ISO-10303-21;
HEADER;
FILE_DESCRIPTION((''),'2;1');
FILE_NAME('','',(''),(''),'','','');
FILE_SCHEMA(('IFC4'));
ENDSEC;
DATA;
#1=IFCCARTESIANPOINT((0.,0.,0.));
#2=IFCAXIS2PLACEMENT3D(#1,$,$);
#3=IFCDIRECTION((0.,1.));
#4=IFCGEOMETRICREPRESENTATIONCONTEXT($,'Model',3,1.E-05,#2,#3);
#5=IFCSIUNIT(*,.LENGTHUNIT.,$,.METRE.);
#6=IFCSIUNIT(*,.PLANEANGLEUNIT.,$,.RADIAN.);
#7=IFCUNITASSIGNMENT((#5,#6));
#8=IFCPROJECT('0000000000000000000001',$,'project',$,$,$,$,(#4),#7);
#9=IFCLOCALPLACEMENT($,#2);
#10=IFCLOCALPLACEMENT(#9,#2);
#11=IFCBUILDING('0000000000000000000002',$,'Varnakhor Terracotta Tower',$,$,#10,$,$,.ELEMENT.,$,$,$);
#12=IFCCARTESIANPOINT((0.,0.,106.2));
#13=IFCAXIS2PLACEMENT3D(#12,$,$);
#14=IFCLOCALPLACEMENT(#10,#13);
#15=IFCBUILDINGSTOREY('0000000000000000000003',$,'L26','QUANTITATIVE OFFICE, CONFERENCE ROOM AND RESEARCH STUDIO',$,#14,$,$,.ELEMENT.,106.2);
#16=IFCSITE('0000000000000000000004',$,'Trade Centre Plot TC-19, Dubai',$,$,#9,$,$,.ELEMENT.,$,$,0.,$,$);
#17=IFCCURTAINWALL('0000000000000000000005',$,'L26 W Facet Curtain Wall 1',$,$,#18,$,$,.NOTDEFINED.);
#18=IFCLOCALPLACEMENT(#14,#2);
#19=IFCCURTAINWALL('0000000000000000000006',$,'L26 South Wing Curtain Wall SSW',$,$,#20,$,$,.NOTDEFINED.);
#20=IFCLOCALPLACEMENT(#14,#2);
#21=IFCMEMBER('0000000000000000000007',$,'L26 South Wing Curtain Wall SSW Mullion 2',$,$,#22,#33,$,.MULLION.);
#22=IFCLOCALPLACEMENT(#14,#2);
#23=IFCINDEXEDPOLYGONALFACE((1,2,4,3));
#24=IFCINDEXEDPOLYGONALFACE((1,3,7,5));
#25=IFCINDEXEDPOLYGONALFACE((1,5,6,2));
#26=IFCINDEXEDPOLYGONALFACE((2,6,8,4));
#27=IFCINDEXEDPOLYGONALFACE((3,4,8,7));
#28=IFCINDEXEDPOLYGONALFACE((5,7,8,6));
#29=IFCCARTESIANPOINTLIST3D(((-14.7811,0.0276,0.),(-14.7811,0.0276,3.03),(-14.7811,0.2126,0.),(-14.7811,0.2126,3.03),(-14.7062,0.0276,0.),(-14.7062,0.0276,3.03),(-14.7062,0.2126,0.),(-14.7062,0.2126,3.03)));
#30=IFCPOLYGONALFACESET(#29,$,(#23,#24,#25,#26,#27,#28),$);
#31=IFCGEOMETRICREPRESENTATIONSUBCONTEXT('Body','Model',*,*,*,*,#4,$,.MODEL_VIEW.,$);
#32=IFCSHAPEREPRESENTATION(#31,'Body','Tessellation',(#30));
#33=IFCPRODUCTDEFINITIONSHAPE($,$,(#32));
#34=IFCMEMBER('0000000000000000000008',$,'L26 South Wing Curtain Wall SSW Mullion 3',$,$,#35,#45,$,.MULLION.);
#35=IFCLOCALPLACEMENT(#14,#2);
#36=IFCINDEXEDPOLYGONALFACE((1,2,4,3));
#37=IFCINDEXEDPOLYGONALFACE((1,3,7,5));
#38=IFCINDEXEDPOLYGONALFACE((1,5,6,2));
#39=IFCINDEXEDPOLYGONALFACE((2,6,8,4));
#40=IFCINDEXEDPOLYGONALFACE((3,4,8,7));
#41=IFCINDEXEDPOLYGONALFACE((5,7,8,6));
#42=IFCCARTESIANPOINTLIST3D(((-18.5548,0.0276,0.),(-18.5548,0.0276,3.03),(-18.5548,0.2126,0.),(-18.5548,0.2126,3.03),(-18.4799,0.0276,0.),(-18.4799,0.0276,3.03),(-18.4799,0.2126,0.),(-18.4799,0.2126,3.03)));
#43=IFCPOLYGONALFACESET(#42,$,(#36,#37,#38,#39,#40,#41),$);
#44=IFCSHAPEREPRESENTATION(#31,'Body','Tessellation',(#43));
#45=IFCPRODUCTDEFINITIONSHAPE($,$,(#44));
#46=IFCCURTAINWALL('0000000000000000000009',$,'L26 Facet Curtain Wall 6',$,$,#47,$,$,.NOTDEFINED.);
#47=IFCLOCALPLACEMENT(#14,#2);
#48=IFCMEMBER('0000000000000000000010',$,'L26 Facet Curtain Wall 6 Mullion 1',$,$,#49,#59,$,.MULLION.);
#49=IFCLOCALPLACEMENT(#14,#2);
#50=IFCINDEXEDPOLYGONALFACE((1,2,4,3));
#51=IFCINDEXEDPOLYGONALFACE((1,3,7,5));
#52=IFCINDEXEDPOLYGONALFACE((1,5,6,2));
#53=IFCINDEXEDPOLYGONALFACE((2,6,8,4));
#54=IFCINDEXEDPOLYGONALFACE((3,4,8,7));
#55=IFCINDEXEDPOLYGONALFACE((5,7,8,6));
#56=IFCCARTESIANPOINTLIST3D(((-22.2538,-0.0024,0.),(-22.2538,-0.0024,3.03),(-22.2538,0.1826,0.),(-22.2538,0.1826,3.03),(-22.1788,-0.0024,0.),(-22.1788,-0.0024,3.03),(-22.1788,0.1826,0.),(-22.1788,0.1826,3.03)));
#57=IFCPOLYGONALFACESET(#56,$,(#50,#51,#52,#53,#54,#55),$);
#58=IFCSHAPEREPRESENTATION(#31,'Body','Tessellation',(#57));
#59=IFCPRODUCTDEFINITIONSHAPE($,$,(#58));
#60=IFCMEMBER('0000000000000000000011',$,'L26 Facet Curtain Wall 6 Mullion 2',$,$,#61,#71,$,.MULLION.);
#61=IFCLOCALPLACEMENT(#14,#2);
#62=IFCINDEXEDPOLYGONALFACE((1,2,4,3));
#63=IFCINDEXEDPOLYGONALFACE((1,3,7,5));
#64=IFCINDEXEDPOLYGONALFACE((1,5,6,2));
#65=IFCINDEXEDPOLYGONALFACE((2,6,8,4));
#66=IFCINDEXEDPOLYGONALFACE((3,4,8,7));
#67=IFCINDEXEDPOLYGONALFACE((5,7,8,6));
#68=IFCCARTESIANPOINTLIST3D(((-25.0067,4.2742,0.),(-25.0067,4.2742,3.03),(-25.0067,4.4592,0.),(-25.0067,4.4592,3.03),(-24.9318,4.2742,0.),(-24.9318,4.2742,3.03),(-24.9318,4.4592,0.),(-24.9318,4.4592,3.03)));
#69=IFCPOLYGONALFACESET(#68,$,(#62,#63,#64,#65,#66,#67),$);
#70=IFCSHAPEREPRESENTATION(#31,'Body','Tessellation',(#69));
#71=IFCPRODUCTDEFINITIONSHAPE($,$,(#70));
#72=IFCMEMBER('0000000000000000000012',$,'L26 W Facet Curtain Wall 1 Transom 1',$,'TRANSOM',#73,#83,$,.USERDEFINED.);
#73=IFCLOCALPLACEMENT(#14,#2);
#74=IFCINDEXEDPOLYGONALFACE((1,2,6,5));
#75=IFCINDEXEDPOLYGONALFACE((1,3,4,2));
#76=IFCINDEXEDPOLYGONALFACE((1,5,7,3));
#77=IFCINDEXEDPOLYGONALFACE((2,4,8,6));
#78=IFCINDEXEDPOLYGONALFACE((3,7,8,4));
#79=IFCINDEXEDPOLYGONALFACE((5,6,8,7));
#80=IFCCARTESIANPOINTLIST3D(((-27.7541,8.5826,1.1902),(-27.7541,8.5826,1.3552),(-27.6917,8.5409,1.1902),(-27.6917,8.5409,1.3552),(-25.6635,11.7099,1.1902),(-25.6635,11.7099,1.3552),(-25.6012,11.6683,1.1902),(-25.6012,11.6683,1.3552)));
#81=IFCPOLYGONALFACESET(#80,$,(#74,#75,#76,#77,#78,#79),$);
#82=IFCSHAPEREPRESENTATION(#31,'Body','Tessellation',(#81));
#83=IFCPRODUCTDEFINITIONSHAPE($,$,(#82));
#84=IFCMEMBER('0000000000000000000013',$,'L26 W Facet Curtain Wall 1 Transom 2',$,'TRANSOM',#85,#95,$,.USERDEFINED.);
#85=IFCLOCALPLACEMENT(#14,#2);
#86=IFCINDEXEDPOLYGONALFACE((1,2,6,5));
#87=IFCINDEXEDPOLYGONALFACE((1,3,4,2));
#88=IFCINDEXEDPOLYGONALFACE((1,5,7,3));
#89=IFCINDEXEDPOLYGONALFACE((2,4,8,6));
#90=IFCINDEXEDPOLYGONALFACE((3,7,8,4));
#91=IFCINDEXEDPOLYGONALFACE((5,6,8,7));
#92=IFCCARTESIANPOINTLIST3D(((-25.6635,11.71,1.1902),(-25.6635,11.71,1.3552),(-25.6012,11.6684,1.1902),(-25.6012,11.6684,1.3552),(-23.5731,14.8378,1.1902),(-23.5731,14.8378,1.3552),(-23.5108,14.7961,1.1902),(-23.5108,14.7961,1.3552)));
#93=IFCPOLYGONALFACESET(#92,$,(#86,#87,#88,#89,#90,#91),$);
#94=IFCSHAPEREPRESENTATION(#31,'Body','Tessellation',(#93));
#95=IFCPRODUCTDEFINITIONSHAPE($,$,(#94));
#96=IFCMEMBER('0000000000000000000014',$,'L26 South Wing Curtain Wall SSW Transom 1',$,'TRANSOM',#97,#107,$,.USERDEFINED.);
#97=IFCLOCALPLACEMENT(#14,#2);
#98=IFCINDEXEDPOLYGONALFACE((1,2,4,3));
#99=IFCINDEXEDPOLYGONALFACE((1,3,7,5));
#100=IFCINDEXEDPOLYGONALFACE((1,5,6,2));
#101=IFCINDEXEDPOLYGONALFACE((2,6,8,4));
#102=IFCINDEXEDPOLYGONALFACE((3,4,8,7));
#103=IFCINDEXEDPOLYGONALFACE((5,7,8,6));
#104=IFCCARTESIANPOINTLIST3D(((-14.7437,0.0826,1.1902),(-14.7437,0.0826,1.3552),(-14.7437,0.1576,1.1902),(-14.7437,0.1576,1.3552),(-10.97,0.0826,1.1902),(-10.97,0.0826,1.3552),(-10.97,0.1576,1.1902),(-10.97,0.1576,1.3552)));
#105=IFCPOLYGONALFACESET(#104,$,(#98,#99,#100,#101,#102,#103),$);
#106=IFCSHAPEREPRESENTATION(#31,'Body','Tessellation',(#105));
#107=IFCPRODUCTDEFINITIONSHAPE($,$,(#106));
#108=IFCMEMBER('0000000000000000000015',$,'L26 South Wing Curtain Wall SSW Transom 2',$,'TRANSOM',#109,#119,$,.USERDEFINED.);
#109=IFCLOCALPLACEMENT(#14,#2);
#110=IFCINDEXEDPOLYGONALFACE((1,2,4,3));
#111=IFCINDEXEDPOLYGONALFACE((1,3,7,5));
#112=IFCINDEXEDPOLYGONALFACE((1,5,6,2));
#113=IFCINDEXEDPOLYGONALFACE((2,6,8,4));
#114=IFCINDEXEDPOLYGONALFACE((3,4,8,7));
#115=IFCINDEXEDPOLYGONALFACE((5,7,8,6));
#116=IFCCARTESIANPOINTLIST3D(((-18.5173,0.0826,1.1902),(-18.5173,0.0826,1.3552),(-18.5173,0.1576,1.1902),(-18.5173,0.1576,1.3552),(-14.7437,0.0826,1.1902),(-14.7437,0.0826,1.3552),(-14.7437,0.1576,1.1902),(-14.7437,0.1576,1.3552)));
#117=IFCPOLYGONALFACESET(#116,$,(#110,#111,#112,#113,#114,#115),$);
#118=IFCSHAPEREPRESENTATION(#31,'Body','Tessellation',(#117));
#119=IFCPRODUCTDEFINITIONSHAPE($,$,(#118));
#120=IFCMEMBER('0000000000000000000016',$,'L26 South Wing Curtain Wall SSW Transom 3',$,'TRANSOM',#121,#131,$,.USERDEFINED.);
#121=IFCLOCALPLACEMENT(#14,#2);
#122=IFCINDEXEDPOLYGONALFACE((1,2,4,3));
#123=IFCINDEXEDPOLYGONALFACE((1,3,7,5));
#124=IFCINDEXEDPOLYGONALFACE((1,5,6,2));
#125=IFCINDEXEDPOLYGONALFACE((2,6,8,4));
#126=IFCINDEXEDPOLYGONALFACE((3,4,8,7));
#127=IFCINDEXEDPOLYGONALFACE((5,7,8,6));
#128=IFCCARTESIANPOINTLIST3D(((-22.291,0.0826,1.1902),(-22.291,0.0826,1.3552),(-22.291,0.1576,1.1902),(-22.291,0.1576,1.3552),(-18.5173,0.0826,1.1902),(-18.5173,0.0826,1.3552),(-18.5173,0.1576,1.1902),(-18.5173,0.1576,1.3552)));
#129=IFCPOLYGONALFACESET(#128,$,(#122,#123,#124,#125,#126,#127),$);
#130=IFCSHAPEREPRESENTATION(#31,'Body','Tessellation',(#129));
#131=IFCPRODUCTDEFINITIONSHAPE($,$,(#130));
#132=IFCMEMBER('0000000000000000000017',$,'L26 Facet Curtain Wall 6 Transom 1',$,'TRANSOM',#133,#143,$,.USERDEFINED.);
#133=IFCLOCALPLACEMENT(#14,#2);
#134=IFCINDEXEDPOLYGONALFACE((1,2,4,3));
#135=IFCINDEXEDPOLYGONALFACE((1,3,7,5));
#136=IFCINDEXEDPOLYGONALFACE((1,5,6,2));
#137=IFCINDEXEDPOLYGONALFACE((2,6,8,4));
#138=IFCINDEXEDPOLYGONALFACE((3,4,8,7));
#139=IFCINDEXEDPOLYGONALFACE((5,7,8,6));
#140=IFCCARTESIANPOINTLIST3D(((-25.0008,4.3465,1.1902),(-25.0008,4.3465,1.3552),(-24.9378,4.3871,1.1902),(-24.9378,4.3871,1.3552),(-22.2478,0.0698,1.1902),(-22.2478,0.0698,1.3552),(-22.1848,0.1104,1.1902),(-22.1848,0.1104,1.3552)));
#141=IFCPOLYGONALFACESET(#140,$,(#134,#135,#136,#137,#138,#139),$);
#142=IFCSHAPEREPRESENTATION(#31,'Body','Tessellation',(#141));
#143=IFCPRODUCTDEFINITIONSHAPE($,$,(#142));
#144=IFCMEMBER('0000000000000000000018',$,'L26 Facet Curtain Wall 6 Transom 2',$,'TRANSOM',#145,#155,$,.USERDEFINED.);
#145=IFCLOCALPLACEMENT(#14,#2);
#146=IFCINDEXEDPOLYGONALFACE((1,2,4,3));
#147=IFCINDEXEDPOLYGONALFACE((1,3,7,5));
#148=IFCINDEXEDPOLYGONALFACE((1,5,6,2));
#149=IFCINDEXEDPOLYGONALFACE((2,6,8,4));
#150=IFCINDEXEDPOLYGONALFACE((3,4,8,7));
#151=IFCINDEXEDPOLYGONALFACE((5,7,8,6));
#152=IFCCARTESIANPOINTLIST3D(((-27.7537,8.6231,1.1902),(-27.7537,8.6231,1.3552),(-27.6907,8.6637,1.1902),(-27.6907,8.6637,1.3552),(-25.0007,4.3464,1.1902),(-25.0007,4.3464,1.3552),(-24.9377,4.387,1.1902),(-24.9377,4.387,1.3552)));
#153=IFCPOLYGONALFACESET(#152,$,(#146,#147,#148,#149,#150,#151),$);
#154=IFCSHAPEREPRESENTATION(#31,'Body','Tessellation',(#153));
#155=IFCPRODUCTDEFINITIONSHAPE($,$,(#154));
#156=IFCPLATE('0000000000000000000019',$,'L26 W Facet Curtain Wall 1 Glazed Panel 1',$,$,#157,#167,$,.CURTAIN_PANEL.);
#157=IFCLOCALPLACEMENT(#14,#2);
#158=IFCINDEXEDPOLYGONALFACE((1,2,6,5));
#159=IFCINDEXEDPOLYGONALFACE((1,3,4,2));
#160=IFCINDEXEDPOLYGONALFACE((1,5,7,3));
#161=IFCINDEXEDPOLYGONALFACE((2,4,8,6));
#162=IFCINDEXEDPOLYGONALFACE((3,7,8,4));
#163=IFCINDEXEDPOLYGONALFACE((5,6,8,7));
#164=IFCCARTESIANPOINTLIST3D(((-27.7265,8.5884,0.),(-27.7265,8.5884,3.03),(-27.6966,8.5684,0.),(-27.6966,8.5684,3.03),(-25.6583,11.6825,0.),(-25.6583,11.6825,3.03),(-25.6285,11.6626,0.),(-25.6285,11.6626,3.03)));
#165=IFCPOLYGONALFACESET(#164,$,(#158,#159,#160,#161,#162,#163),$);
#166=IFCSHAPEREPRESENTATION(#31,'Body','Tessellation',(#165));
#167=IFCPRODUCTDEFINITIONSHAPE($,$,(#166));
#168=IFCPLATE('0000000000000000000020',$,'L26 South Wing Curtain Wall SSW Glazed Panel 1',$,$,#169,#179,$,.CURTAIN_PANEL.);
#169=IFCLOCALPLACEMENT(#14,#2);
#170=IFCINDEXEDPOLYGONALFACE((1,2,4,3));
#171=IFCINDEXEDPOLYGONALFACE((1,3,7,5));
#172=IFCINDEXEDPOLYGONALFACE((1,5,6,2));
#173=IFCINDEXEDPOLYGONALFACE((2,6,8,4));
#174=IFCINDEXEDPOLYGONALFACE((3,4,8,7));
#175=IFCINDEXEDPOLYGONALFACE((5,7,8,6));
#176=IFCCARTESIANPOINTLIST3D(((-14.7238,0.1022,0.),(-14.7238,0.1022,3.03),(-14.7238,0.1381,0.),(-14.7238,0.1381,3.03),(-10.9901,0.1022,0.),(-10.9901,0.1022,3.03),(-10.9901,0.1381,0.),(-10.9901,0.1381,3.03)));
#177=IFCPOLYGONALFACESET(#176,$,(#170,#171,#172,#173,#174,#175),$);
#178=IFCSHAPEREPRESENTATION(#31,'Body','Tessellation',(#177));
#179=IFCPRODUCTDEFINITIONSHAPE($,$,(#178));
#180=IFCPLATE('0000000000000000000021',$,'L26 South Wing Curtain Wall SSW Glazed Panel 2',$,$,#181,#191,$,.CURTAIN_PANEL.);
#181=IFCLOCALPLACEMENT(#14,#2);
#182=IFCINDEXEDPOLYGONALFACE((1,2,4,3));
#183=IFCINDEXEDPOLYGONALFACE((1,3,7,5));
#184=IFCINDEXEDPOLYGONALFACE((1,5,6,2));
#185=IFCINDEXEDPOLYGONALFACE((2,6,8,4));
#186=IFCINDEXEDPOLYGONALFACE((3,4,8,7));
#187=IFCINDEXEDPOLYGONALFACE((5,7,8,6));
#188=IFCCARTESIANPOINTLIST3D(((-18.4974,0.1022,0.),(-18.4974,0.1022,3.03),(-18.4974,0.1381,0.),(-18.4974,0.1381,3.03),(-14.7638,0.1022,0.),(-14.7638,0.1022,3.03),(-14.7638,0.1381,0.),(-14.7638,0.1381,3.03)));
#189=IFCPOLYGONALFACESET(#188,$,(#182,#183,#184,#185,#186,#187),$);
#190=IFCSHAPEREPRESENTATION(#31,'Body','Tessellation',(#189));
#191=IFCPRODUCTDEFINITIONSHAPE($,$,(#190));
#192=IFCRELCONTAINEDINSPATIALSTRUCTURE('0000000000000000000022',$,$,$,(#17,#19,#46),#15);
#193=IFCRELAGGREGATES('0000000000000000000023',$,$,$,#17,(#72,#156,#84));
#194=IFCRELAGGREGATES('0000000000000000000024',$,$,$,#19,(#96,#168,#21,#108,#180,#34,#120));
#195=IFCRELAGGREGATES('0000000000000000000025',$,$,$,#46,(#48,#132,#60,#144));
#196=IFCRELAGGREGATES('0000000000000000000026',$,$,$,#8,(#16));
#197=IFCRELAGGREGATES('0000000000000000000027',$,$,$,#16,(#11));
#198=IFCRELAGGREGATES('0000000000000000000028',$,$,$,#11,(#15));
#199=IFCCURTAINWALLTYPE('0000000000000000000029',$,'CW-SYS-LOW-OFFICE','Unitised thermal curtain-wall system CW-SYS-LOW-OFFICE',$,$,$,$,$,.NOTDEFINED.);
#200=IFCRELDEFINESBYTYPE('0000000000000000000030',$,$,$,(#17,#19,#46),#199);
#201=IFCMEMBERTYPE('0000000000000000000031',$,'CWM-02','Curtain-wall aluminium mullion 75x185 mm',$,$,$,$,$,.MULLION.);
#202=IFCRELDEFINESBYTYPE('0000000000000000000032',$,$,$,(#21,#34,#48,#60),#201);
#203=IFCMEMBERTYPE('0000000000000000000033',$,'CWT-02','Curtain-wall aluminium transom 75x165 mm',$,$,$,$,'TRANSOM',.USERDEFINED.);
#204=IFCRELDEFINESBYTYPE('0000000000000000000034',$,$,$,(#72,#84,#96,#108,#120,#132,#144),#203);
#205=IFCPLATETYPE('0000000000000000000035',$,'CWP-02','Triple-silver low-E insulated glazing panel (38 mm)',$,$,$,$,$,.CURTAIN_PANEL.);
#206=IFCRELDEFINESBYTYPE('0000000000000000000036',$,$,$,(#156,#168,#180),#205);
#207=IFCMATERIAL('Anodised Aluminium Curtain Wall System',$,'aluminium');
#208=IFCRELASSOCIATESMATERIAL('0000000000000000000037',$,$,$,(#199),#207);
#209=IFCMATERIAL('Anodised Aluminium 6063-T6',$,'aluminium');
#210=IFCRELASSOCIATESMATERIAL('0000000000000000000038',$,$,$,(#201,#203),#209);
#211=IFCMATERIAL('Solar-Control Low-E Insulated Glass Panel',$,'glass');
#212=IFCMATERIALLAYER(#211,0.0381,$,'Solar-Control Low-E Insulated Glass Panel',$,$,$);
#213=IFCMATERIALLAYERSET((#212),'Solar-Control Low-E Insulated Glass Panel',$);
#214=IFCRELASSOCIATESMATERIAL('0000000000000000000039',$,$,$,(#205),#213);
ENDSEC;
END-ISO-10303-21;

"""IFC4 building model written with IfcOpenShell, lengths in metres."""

from ifc_helpers import new_model, si_unit, direction, frame, origin, origin_2d, place, context, subcontext, project, spatial, rectangle, extrude, source, transform, mapped, material, layer, layer_set, material_profile, profile_set, type_object, type_shapes, element, aggregate, save


model = new_model("IFC4")

# Units and contexts
model_context = context("Model", 3, precision=1e-05, world=origin(), true_north=direction((0.0, 1.0)))
body_context = subcontext(model_context, "Body", "Model", "MODEL_VIEW")
ifc_project = project(units=[si_unit("LENGTHUNIT", "METRE"), si_unit("PLANEANGLEUNIT", "RADIAN")], contexts=[model_context])

# Site, building, storey
site_placement = place(None, origin())
site = spatial("IfcSite", under=ifc_project, at=site_placement, Name="Trade Centre Plot TC-19, Dubai", CompositionType="ELEMENT", RefElevation=0.0)
building_placement = place(site_placement, origin())
building = spatial("IfcBuilding", under=site, at=building_placement, Name="Varnakhor Terracotta Tower", CompositionType="ELEMENT")
storey_placement = place(building_placement, frame((0.0, 0.0, 106.2)))
storey = spatial("IfcBuildingStorey", under=building, at=storey_placement, Name="L26", Description="QUANTITATIVE OFFICE, CONFERENCE ROOM AND RESEARCH STUDIO", CompositionType="ELEMENT", Elevation=106.2)

# Curtain walls, members
ifc_material_1 = material(Name="Anodised Aluminium Curtain Wall System", Category="aluminium")
curtain_wall_type = type_object("IfcCurtainWallType", Name="CW-SYS-LOW-OFFICE", Description="Unitised thermal curtain-wall system CW-SYS-LOW-OFFICE", PredefinedType="NOTDEFINED", material=ifc_material_1)
curtain_wall_1_placement = place(storey_placement, origin())
curtain_wall_1 = element("IfcCurtainWall", 1, at=curtain_wall_1_placement, inside=storey, type_object=curtain_wall_type, Name="L26 W Facet Curtain Wall 1", PredefinedType="NOTDEFINED")
ifc_material_2 = material(Name="Anodised Aluminium 6063-T6", Category="aluminium")
ifc_material_profile_1 = material_profile(ifc_material_2, rectangle(XDim=0.075, YDim=0.1851, at=origin_2d()), Name="ALU MULLION 75x185")
ifc_profile_set_1 = profile_set([ifc_material_profile_1], Name="Anodised Aluminium 6063-T6")
member_type_1 = type_object("IfcMemberType", Name="CWM-02", Description="Curtain-wall aluminium mullion 75x185 mm", PredefinedType="MULLION", material=ifc_profile_set_1)
shared_shape_1 = source(origin(), body_context, "Body", "SweptSolid", [
    extrude(rectangle(XDim=0.075, YDim=0.1851, at=origin_2d()), origin(), (0.0, 0.0, 1.0), 3.03),
])
type_shapes(member_type_1, [shared_shape_1])
curtain_wall_2_placement = place(storey_placement, origin())
curtain_wall_2 = element("IfcCurtainWall", 2, at=curtain_wall_2_placement, inside=storey, type_object=curtain_wall_type, Name="L26 South Wing Curtain Wall SSW", PredefinedType="NOTDEFINED")
member_1_placement = place(storey_placement, frame((-14.7437, 0.1201, 0.0), z_axis=(0.0, 0.0, 1.0), x_axis=(1.0, 0.0, 0.0)))
member_1 = element("IfcMember", 3, at=member_1_placement, type_object=member_type_1, Name="L26 South Wing Curtain Wall SSW Mullion 2", PredefinedType="MULLION", context=body_context, shape_type="MappedRepresentation", body=[
    mapped(shared_shape_1, transform((0.0, 0.0, 0.0), scale=1.0)),
])
member_2_placement = place(storey_placement, frame((-18.5173, 0.1201, 0.0), z_axis=(0.0, 0.0, 1.0), x_axis=(1.0, 0.0, 0.0)))
member_2 = element("IfcMember", 4, at=member_2_placement, type_object=member_type_1, Name="L26 South Wing Curtain Wall SSW Mullion 3", PredefinedType="MULLION", context=body_context, shape_type="MappedRepresentation", body=[
    mapped(shared_shape_1, transform((0.0, 0.0, 0.0), scale=1.0)),
])
curtain_wall_3_placement = place(storey_placement, origin())
curtain_wall_3 = element("IfcCurtainWall", 5, at=curtain_wall_3_placement, inside=storey, type_object=curtain_wall_type, Name="L26 Facet Curtain Wall 6", PredefinedType="NOTDEFINED")
member_3_placement = place(storey_placement, frame((-22.2163, 0.0901, 0.0), z_axis=(0.0, 0.0, 1.0), x_axis=(1.0, 0.0, 0.0)))
member_3 = element("IfcMember", 6, at=member_3_placement, type_object=member_type_1, Name="L26 Facet Curtain Wall 6 Mullion 1", PredefinedType="MULLION", context=body_context, shape_type="MappedRepresentation", body=[
    mapped(shared_shape_1, transform((0.0, 0.0, 0.0), scale=1.0)),
])
member_4_placement = place(storey_placement, frame((-24.9692, 4.3667, 0.0), z_axis=(0.0, 0.0, 1.0), x_axis=(1.0, 0.0, 0.0)))
member_4 = element("IfcMember", 7, at=member_4_placement, type_object=member_type_1, Name="L26 Facet Curtain Wall 6 Mullion 2", PredefinedType="MULLION", context=body_context, shape_type="MappedRepresentation", body=[
    mapped(shared_shape_1, transform((0.0, 0.0, 0.0), scale=1.0)),
])

# Members
ifc_material_profile_2 = material_profile(ifc_material_2, rectangle(XDim=0.075, YDim=0.165, at=origin_2d()), Name="ALU TRANSOM 75x165")
ifc_profile_set_2 = profile_set([ifc_material_profile_2], Name="Anodised Aluminium 6063-T6")
member_type_2 = type_object("IfcMemberType", Name="CWT-02", Description="Curtain-wall aluminium transom 75x165 mm", ElementType="TRANSOM", PredefinedType="USERDEFINED", material=ifc_profile_set_2)
shared_shape_2 = source(origin(), body_context, "Body", "SweptSolid", [
    extrude(rectangle(XDim=0.075, YDim=0.165, at=origin_2d()), origin(), (0.0, 0.0, 1.0), 3.7617),
])
member_5_placement = place(storey_placement, frame((-27.7229, 8.5618, 1.2727), z_axis=(0.555733, 0.831361, 0.0), x_axis=(-0.831361, 0.555733, 0.0)))
member_5 = element("IfcMember", 8, at=member_5_placement, type_object=member_type_2, Name="L26 W Facet Curtain Wall 1 Transom 1", ObjectType="TRANSOM", PredefinedType="USERDEFINED", context=body_context, shape_type="MappedRepresentation", body=[
    mapped(shared_shape_2, transform((0.0, 0.0, 0.0), scale=1.0)),
])
shared_shape_3 = source(origin(), body_context, "Body", "SweptSolid", [
    extrude(rectangle(XDim=0.075, YDim=0.165, at=origin_2d()), origin(), (0.0, 0.0, 1.0), 3.762),
])
member_6_placement = place(storey_placement, frame((-25.6323, 11.6892, 1.2727), z_axis=(0.555658, 0.831411, 0.0), x_axis=(-0.831411, 0.555658, 0.0)))
member_6 = element("IfcMember", 9, at=member_6_placement, type_object=member_type_2, Name="L26 W Facet Curtain Wall 1 Transom 2", ObjectType="TRANSOM", PredefinedType="USERDEFINED", context=body_context, shape_type="MappedRepresentation", body=[
    mapped(shared_shape_3, transform((0.0, 0.0, 0.0), scale=1.0)),
])
shared_shape_4 = source(origin(), body_context, "Body", "SweptSolid", [
    extrude(rectangle(XDim=0.075, YDim=0.165, at=origin_2d()), origin(), (0.0, 0.0, 1.0), 3.7737),
])
member_7_placement = place(storey_placement, frame((-10.97, 0.1201, 1.2727), z_axis=(-1.0, 0.0, 0.0), x_axis=(0.0, -1.0, 0.0)))
member_7 = element("IfcMember", 10, at=member_7_placement, type_object=member_type_2, Name="L26 South Wing Curtain Wall SSW Transom 1", ObjectType="TRANSOM", PredefinedType="USERDEFINED", context=body_context, shape_type="MappedRepresentation", body=[
    mapped(shared_shape_4, transform((0.0, 0.0, 0.0), scale=1.0)),
])
member_8_placement = place(storey_placement, frame((-14.7437, 0.1201, 1.2727), z_axis=(-1.0, 0.0, 0.0), x_axis=(0.0, -1.0, 0.0)))
member_8 = element("IfcMember", 11, at=member_8_placement, type_object=member_type_2, Name="L26 South Wing Curtain Wall SSW Transom 2", ObjectType="TRANSOM", PredefinedType="USERDEFINED", context=body_context, shape_type="MappedRepresentation", body=[
    mapped(shared_shape_4, transform((0.0, 0.0, 0.0), scale=1.0)),
])
member_9_placement = place(storey_placement, frame((-18.5173, 0.1201, 1.2727), z_axis=(-1.0, 0.0, 0.0), x_axis=(0.0, -1.0, 0.0)))
member_9 = element("IfcMember", 12, at=member_9_placement, type_object=member_type_2, Name="L26 South Wing Curtain Wall SSW Transom 3", ObjectType="TRANSOM", PredefinedType="USERDEFINED", context=body_context, shape_type="MappedRepresentation", body=[
    mapped(shared_shape_4, transform((0.0, 0.0, 0.0), scale=1.0)),
])
shared_shape_5 = source(origin(), body_context, "Body", "SweptSolid", [
    extrude(rectangle(XDim=0.075, YDim=0.165, at=origin_2d()), origin(), (0.0, 0.0, 1.0), 5.0862),
])
member_10_placement = place(storey_placement, frame((-22.2163, 0.0901, 1.2727), z_axis=(-0.541269, 0.840849, 0.0), x_axis=(-0.840849, -0.541269, 0.0)))
member_10 = element("IfcMember", 13, at=member_10_placement, type_object=member_type_2, Name="L26 Facet Curtain Wall 6 Transom 1", ObjectType="TRANSOM", PredefinedType="USERDEFINED", context=body_context, shape_type="MappedRepresentation", body=[
    mapped(shared_shape_5, transform((0.0, 0.0, 0.0), scale=1.0)),
])
member_11_placement = place(storey_placement, frame((-24.9692, 4.3667, 1.2727), z_axis=(-0.541269, 0.840849, 0.0), x_axis=(-0.840849, -0.541269, 0.0)))
member_11 = element("IfcMember", 14, at=member_11_placement, type_object=member_type_2, Name="L26 Facet Curtain Wall 6 Transom 2", ObjectType="TRANSOM", PredefinedType="USERDEFINED", context=body_context, shape_type="MappedRepresentation", body=[
    mapped(shared_shape_5, transform((0.0, 0.0, 0.0), scale=1.0)),
])

# Plates
ifc_material_3 = material(Name="Solar-Control Low-E Insulated Glass Panel", Category="glass")
ifc_layer_1 = layer(ifc_material_3, 0.0381, Name="Solar-Control Low-E Insulated Glass Panel")
ifc_layer_set_1 = layer_set([ifc_layer_1], Name="Solar-Control Low-E Insulated Glass Panel")
plate_type = type_object("IfcPlateType", Name="CWP-02", Description="Triple-silver low-E insulated glazing panel (38 mm)", PredefinedType="CURTAIN_PANEL", material=ifc_layer_set_1)
shared_shape_6 = source(origin(), body_context, "Body", "SweptSolid", [
    extrude(rectangle(XDim=3.7217, YDim=0.0359, at=origin_2d()), origin(), (0.0, 0.0, 1.0), 3.03),
])
plate_1_placement = place(storey_placement, frame((-26.6775, 10.1255, 0.0), z_axis=(0.0, 0.0, 1.0), x_axis=(0.555701, 0.831382, 0.0)))
plate_1 = element("IfcPlate", 15, at=plate_1_placement, type_object=plate_type, Name="L26 W Facet Curtain Wall 1 Glazed Panel 1", PredefinedType="CURTAIN_PANEL", context=body_context, shape_type="MappedRepresentation", body=[
    mapped(shared_shape_6, transform((0.0, 0.0, 0.0), scale=1.0)),
])
aggregate(curtain_wall_1, [member_5, plate_1, member_6])
shared_shape_7 = source(origin(), body_context, "Body", "SweptSolid", [
    extrude(rectangle(XDim=3.7336, YDim=0.0359, at=origin_2d()), origin(), (0.0, 0.0, 1.0), 3.03),
])
plate_2_placement = place(storey_placement, frame((-12.8569, 0.1201, 0.0), z_axis=(0.0, 0.0, 1.0), x_axis=(-1.0, 0.0, 0.0)))
plate_2 = element("IfcPlate", 16, at=plate_2_placement, type_object=plate_type, Name="L26 South Wing Curtain Wall SSW Glazed Panel 1", PredefinedType="CURTAIN_PANEL", context=body_context, shape_type="MappedRepresentation", body=[
    mapped(shared_shape_7, transform((0.0, 0.0, 0.0), scale=1.0)),
])
plate_3_placement = place(storey_placement, frame((-16.6306, 0.1201, 0.0), z_axis=(0.0, 0.0, 1.0), x_axis=(-1.0, 0.0, 0.0)))
plate_3 = element("IfcPlate", 17, at=plate_3_placement, type_object=plate_type, Name="L26 South Wing Curtain Wall SSW Glazed Panel 2", PredefinedType="CURTAIN_PANEL", context=body_context, shape_type="MappedRepresentation", body=[
    mapped(shared_shape_7, transform((0.0, 0.0, 0.0), scale=1.0)),
])
aggregate(curtain_wall_2, [member_7, plate_2, member_1, member_8, plate_3, member_2, member_9])
aggregate(curtain_wall_3, [member_3, member_10, member_4, member_11])

save(model, "model.ifc")
